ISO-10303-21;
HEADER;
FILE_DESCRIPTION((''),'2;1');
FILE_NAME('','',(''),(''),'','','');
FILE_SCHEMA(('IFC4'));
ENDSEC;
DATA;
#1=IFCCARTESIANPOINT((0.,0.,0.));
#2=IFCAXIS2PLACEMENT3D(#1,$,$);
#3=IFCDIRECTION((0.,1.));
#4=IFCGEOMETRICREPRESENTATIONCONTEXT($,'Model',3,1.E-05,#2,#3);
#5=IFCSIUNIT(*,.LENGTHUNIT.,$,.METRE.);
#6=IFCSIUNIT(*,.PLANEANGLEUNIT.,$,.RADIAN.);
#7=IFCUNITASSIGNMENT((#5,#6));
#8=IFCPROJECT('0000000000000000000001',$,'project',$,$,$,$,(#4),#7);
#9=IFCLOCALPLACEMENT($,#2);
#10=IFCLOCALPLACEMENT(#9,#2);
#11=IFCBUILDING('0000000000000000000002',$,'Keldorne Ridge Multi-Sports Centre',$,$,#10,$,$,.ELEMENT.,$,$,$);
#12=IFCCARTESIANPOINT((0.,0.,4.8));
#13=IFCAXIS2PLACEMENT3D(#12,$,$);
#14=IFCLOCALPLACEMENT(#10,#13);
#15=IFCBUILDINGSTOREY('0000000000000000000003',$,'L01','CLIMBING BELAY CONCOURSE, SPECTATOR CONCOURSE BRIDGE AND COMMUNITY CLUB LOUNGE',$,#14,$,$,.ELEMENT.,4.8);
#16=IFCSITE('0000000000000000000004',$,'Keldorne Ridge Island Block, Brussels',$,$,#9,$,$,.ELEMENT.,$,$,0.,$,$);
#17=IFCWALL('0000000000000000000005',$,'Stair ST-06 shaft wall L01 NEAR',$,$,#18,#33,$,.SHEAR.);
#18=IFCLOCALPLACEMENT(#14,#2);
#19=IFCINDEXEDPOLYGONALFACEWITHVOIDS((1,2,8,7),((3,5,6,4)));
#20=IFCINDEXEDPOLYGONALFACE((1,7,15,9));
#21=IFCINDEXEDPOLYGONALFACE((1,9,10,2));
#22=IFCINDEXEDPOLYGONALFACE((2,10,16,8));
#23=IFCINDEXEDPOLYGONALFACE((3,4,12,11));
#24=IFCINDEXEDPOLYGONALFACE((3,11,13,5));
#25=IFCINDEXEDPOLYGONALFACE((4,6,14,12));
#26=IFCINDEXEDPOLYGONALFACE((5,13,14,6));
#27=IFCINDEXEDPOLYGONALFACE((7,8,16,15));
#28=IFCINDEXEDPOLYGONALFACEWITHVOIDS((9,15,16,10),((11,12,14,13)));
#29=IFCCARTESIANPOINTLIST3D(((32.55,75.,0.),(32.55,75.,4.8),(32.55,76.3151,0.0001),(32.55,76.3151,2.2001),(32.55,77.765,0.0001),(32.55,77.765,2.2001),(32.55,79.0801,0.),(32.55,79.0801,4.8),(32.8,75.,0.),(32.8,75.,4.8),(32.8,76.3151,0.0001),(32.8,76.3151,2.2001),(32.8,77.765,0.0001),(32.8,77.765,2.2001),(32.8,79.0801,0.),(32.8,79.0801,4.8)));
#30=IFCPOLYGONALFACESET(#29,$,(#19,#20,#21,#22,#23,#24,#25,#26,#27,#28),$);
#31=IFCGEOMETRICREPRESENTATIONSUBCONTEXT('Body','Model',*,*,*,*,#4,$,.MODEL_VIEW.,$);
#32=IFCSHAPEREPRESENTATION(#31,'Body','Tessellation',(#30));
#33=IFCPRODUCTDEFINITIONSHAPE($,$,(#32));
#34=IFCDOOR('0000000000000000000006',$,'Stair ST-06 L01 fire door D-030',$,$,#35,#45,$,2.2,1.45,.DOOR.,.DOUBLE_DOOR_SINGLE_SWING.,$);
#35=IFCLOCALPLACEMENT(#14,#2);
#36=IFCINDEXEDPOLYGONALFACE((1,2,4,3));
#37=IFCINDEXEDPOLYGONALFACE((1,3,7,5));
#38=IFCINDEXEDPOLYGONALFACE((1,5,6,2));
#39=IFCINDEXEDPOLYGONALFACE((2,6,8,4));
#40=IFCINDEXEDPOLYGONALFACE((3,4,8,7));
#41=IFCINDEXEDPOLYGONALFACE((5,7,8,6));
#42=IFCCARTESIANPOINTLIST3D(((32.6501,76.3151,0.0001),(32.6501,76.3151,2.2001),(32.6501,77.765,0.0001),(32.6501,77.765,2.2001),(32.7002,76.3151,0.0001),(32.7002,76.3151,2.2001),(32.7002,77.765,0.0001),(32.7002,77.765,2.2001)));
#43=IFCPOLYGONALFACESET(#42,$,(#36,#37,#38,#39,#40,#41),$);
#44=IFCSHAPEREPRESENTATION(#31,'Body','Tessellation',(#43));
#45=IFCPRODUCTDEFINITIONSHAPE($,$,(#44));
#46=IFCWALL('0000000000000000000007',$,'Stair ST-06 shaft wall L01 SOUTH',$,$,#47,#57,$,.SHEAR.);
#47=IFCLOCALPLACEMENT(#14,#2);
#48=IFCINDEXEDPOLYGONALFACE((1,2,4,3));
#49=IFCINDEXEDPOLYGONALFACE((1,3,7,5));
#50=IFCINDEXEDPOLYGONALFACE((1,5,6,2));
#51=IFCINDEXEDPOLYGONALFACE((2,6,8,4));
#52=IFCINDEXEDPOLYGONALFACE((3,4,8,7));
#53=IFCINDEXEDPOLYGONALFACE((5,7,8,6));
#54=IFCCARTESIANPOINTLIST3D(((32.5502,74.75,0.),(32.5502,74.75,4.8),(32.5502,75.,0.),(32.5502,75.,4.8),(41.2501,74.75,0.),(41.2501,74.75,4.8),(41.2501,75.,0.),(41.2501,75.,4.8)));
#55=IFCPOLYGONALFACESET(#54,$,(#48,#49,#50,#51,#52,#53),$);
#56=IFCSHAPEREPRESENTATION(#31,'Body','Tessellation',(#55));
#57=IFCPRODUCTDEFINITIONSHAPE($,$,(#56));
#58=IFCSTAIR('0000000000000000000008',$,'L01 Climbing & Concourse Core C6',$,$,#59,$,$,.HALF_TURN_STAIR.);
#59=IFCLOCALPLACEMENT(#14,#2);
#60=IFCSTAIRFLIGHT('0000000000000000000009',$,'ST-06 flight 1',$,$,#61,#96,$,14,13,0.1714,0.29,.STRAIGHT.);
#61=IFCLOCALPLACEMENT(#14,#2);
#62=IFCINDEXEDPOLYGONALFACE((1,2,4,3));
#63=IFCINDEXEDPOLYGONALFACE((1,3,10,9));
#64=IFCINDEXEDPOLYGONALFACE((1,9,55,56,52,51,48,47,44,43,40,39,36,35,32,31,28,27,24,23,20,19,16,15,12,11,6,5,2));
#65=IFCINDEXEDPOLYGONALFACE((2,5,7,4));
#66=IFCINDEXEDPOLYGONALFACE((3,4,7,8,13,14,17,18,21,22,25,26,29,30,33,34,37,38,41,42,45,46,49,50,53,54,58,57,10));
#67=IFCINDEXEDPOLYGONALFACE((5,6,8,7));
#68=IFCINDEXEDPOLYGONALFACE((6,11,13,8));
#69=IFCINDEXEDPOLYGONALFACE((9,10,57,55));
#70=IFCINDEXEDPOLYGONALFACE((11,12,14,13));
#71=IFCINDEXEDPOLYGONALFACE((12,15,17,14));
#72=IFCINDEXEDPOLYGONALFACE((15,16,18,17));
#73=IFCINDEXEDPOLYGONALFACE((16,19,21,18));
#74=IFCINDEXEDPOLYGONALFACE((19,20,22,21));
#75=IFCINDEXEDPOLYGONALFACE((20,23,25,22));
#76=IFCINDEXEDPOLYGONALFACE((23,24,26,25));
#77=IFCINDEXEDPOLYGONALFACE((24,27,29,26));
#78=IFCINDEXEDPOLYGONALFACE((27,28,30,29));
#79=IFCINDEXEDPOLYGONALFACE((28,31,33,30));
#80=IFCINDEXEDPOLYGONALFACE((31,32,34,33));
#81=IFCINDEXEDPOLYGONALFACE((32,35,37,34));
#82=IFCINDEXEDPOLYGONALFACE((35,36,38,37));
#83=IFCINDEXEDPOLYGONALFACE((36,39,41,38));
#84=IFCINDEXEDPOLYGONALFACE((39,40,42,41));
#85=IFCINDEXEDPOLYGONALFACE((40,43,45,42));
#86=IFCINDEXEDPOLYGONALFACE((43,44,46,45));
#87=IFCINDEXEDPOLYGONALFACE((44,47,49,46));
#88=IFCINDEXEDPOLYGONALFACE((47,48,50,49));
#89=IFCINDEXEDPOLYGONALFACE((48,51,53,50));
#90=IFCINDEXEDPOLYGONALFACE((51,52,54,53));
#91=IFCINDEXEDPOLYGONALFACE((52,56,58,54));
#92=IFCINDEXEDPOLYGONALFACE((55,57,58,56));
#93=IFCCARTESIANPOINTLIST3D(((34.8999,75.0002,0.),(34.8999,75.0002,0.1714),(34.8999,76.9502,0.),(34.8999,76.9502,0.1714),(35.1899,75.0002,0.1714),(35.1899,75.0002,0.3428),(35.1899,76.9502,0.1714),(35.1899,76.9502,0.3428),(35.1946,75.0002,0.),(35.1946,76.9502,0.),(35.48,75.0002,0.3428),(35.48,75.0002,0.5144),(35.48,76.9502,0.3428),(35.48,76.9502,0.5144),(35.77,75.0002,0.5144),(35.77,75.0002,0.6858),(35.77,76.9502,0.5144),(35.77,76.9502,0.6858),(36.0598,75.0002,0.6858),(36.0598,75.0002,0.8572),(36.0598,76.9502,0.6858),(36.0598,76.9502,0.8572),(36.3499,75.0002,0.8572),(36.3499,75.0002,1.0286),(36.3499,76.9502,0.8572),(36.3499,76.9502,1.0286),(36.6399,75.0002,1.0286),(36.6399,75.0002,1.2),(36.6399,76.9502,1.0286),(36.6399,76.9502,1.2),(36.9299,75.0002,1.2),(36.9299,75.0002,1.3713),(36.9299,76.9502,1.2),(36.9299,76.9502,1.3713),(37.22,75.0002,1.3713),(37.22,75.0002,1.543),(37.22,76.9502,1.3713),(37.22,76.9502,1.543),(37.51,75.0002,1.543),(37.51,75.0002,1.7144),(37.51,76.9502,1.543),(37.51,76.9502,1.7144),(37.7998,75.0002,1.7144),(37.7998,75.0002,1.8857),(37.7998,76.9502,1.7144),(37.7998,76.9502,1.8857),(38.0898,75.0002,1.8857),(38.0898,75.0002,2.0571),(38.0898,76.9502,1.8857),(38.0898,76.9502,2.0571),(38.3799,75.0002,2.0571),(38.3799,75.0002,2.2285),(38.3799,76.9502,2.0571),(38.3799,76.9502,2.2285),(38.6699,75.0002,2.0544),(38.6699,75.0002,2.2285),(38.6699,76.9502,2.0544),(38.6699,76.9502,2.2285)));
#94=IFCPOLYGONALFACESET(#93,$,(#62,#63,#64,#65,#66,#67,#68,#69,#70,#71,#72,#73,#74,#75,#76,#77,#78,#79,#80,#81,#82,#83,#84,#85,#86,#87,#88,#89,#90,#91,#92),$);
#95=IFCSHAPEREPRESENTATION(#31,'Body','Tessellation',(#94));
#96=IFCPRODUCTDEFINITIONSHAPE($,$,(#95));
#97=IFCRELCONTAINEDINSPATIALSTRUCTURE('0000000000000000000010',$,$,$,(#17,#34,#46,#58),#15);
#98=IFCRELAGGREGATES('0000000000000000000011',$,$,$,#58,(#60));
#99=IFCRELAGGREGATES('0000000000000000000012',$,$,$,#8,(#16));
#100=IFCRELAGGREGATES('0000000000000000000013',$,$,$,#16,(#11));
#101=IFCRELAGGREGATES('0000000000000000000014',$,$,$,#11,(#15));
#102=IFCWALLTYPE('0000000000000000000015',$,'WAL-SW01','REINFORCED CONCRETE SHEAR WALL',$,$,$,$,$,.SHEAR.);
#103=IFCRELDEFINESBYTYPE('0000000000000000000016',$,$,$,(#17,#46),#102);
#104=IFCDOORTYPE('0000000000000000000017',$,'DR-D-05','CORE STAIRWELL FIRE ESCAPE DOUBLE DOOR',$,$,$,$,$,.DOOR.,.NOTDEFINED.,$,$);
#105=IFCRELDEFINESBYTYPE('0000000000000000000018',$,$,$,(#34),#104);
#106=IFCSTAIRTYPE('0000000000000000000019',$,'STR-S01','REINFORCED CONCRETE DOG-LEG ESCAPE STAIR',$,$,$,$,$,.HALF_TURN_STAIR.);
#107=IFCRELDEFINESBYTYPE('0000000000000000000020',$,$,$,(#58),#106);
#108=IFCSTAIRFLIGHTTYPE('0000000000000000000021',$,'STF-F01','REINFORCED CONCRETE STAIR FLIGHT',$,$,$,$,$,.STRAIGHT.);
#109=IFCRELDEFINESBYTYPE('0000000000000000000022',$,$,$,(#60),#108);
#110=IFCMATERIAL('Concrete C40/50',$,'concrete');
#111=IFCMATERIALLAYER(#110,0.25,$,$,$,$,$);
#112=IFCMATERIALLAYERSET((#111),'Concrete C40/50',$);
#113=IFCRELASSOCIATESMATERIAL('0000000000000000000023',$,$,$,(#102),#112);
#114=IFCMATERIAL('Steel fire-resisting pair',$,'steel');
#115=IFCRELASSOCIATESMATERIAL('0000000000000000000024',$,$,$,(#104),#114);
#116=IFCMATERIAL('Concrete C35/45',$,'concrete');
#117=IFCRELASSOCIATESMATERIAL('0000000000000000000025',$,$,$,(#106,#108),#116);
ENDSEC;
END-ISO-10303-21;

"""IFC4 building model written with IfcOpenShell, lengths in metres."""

from ifc_helpers import new_model, si_unit, direction, frame, frame_2d, origin, place, context, subcontext, project, spatial, polyline, rectangle, outline, extrude, material, layer, layer_set, type_object, element, fill, aggregate, save


model = new_model("IFC4")

# Units and contexts
model_context = context("Model", 3, precision=1e-05, world=origin(), true_north=direction((0.0, 1.0)))
body_context = subcontext(model_context, "Body", "Model", "MODEL_VIEW")
ifc_project = project(units=[si_unit("LENGTHUNIT", "METRE"), si_unit("PLANEANGLEUNIT", "RADIAN")], contexts=[model_context])

# Site, building, storey
site_placement = place(None, origin())
site = spatial("IfcSite", under=ifc_project, at=site_placement, Name="Keldorne Ridge Island Block, Brussels", CompositionType="ELEMENT", RefElevation=0.0)
building_placement = place(site_placement, origin())
building = spatial("IfcBuilding", under=site, at=building_placement, Name="Keldorne Ridge Multi-Sports Centre", CompositionType="ELEMENT")
storey_placement = place(building_placement, frame((0.0, 0.0, 4.8)))
storey = spatial("IfcBuildingStorey", under=building, at=storey_placement, Name="L01", Description="CLIMBING BELAY CONCOURSE, SPECTATOR CONCOURSE BRIDGE AND COMMUNITY CLUB LOUNGE", CompositionType="ELEMENT", Elevation=4.8)

# Wall, opening, door
ifc_material_1 = material(Name="Concrete C40/50", Category="concrete")
ifc_layer_1 = layer(ifc_material_1, 0.25)
ifc_layer_set_1 = layer_set([ifc_layer_1], Name="Concrete C40/50")
wall_type = type_object("IfcWallType", Name="WAL-SW01", Description="REINFORCED CONCRETE SHEAR WALL", PredefinedType="SHEAR", material=ifc_layer_set_1)
wall_1_placement = place(storey_placement, frame((32.675, 75.0, 0.0), z_axis=(0.0, 0.0, 1.0), x_axis=(0.0, 1.0, 0.0)))
wall_1 = element("IfcWall", 1, at=wall_1_placement, inside=storey, type_object=wall_type, Name="Stair ST-06 shaft wall L01 NEAR", PredefinedType="SHEAR", context=body_context, shape_type="SweptSolid", body=[
    extrude(rectangle(XDim=4.0801, YDim=0.25, at=frame_2d((2.04, 0.0))), origin(), (0.0, 0.0, 1.0), 4.8),
])
opening_placement = place(wall_1_placement, frame((1.3149, 0.0, 0.0)))
opening = element("IfcOpeningElement", 2, at=opening_placement, cuts=wall_1, PredefinedType="OPENING", context=body_context, shape_type="SweptSolid", body=[
    extrude(rectangle(XDim=1.45, YDim=2.2, at=frame_2d((0.7251, 1.1001))), frame((0.0, 0.135, 0.0), z_axis=(0.0, -1.0, 0.0), x_axis=(1.0, 0.0, 0.0)), (0.0, 0.0, 1.0), 0.27),
])
ifc_material_2 = material(Name="Steel fire-resisting pair", Category="steel")
door_type = type_object("IfcDoorType", Name="DR-D-05", Description="CORE STAIRWELL FIRE ESCAPE DOUBLE DOOR", OperationType="NOTDEFINED", PredefinedType="DOOR", material=ifc_material_2)
door_placement = place(opening_placement, origin())
door = element("IfcDoor", 3, at=door_placement, inside=storey, type_object=door_type, Name="Stair ST-06 L01 fire door D-030", OperationType="DOUBLE_DOOR_SINGLE_SWING", OverallHeight=2.2, OverallWidth=1.45, PredefinedType="DOOR", context=body_context, shape_type="SweptSolid", body=[
    extrude(rectangle(XDim=1.45, YDim=2.2, at=frame_2d((0.7251, 1.1001))), frame((0.0, 0.0249, 0.0), z_axis=(0.0, -1.0, 0.0), x_axis=(1.0, 0.0, 0.0)), (0.0, 0.0, 1.0), 0.05),
])
fill(opening, door)

# Wall
wall_2_placement = place(storey_placement, frame((32.55, 74.875, 0.0), z_axis=(0.0, 0.0, 1.0), x_axis=(1.0, 0.0, 0.0)))
element("IfcWall", 4, at=wall_2_placement, inside=storey, type_object=wall_type, Name="Stair ST-06 shaft wall L01 SOUTH", PredefinedType="SHEAR", context=body_context, shape_type="SweptSolid", body=[
    extrude(rectangle(XDim=8.7, YDim=0.25, at=frame_2d((4.3501, 0.0))), origin(), (0.0, 0.0, 1.0), 4.8),
])

# Stair, stair flight
ifc_material_3 = material(Name="Concrete C35/45", Category="concrete")
stair_type = type_object("IfcStairType", Name="STR-S01", Description="REINFORCED CONCRETE DOG-LEG ESCAPE STAIR", PredefinedType="HALF_TURN_STAIR", material=ifc_material_3)
stair_placement = place(storey_placement, origin())
stair = element("IfcStair", 5, at=stair_placement, inside=storey, type_object=stair_type, Name="L01 Climbing & Concourse Core C6", PredefinedType="HALF_TURN_STAIR")
stair_flight_type = type_object("IfcStairFlightType", Name="STF-F01", Description="REINFORCED CONCRETE STAIR FLIGHT", PredefinedType="STRAIGHT", material=ifc_material_3)
stair_flight_placement = place(storey_placement, frame((34.8999, 75.9751, 0.0), z_axis=(0.0, 0.0, 1.0), x_axis=(1.0, 0.0, 0.0)))
stair_flight = element("IfcStairFlight", 6, at=stair_flight_placement, type_object=stair_flight_type, Name="ST-06 flight 1", NumberOfRisers=14, NumberOfTreads=13, PredefinedType="STRAIGHT", RiserHeight=0.1714, TreadLength=0.29, context=body_context, shape_type="SweptSolid", body=[
    extrude(outline(polyline([(0.0, 0.0), (0.0, 0.1714), (0.29, 0.1714), (0.29, 0.3428), (0.5801, 0.3428), (0.5801, 0.5144), (0.8701, 0.5144), (0.8701, 0.6858), (1.1599, 0.6858), (1.1599, 0.8572), (1.45, 0.8572), (1.45, 1.0286), (1.74, 1.0286), (1.74, 1.2), (2.03, 1.2), (2.03, 1.3713), (2.3201, 1.3713), (2.3201, 1.543), (2.6101, 1.543), (2.6101, 1.7144), (2.8999, 1.7144), (2.8999, 1.8857), (3.1899, 1.8857), (3.1899, 2.0571), (3.48, 2.0571), (3.48, 2.2285), (3.77, 2.2285), (3.77, 2.3999), (3.77, 2.0544), (0.2947, 0.0), (0.0, 0.0)])), frame((0.0, 0.9751, 0.0), z_axis=(0.0, -1.0, 0.0), x_axis=(1.0, 0.0, 0.0)), (0.0, 0.0, 1.0), 1.95),
])
aggregate(stair, [stair_flight])

save(model, "model.ifc")
